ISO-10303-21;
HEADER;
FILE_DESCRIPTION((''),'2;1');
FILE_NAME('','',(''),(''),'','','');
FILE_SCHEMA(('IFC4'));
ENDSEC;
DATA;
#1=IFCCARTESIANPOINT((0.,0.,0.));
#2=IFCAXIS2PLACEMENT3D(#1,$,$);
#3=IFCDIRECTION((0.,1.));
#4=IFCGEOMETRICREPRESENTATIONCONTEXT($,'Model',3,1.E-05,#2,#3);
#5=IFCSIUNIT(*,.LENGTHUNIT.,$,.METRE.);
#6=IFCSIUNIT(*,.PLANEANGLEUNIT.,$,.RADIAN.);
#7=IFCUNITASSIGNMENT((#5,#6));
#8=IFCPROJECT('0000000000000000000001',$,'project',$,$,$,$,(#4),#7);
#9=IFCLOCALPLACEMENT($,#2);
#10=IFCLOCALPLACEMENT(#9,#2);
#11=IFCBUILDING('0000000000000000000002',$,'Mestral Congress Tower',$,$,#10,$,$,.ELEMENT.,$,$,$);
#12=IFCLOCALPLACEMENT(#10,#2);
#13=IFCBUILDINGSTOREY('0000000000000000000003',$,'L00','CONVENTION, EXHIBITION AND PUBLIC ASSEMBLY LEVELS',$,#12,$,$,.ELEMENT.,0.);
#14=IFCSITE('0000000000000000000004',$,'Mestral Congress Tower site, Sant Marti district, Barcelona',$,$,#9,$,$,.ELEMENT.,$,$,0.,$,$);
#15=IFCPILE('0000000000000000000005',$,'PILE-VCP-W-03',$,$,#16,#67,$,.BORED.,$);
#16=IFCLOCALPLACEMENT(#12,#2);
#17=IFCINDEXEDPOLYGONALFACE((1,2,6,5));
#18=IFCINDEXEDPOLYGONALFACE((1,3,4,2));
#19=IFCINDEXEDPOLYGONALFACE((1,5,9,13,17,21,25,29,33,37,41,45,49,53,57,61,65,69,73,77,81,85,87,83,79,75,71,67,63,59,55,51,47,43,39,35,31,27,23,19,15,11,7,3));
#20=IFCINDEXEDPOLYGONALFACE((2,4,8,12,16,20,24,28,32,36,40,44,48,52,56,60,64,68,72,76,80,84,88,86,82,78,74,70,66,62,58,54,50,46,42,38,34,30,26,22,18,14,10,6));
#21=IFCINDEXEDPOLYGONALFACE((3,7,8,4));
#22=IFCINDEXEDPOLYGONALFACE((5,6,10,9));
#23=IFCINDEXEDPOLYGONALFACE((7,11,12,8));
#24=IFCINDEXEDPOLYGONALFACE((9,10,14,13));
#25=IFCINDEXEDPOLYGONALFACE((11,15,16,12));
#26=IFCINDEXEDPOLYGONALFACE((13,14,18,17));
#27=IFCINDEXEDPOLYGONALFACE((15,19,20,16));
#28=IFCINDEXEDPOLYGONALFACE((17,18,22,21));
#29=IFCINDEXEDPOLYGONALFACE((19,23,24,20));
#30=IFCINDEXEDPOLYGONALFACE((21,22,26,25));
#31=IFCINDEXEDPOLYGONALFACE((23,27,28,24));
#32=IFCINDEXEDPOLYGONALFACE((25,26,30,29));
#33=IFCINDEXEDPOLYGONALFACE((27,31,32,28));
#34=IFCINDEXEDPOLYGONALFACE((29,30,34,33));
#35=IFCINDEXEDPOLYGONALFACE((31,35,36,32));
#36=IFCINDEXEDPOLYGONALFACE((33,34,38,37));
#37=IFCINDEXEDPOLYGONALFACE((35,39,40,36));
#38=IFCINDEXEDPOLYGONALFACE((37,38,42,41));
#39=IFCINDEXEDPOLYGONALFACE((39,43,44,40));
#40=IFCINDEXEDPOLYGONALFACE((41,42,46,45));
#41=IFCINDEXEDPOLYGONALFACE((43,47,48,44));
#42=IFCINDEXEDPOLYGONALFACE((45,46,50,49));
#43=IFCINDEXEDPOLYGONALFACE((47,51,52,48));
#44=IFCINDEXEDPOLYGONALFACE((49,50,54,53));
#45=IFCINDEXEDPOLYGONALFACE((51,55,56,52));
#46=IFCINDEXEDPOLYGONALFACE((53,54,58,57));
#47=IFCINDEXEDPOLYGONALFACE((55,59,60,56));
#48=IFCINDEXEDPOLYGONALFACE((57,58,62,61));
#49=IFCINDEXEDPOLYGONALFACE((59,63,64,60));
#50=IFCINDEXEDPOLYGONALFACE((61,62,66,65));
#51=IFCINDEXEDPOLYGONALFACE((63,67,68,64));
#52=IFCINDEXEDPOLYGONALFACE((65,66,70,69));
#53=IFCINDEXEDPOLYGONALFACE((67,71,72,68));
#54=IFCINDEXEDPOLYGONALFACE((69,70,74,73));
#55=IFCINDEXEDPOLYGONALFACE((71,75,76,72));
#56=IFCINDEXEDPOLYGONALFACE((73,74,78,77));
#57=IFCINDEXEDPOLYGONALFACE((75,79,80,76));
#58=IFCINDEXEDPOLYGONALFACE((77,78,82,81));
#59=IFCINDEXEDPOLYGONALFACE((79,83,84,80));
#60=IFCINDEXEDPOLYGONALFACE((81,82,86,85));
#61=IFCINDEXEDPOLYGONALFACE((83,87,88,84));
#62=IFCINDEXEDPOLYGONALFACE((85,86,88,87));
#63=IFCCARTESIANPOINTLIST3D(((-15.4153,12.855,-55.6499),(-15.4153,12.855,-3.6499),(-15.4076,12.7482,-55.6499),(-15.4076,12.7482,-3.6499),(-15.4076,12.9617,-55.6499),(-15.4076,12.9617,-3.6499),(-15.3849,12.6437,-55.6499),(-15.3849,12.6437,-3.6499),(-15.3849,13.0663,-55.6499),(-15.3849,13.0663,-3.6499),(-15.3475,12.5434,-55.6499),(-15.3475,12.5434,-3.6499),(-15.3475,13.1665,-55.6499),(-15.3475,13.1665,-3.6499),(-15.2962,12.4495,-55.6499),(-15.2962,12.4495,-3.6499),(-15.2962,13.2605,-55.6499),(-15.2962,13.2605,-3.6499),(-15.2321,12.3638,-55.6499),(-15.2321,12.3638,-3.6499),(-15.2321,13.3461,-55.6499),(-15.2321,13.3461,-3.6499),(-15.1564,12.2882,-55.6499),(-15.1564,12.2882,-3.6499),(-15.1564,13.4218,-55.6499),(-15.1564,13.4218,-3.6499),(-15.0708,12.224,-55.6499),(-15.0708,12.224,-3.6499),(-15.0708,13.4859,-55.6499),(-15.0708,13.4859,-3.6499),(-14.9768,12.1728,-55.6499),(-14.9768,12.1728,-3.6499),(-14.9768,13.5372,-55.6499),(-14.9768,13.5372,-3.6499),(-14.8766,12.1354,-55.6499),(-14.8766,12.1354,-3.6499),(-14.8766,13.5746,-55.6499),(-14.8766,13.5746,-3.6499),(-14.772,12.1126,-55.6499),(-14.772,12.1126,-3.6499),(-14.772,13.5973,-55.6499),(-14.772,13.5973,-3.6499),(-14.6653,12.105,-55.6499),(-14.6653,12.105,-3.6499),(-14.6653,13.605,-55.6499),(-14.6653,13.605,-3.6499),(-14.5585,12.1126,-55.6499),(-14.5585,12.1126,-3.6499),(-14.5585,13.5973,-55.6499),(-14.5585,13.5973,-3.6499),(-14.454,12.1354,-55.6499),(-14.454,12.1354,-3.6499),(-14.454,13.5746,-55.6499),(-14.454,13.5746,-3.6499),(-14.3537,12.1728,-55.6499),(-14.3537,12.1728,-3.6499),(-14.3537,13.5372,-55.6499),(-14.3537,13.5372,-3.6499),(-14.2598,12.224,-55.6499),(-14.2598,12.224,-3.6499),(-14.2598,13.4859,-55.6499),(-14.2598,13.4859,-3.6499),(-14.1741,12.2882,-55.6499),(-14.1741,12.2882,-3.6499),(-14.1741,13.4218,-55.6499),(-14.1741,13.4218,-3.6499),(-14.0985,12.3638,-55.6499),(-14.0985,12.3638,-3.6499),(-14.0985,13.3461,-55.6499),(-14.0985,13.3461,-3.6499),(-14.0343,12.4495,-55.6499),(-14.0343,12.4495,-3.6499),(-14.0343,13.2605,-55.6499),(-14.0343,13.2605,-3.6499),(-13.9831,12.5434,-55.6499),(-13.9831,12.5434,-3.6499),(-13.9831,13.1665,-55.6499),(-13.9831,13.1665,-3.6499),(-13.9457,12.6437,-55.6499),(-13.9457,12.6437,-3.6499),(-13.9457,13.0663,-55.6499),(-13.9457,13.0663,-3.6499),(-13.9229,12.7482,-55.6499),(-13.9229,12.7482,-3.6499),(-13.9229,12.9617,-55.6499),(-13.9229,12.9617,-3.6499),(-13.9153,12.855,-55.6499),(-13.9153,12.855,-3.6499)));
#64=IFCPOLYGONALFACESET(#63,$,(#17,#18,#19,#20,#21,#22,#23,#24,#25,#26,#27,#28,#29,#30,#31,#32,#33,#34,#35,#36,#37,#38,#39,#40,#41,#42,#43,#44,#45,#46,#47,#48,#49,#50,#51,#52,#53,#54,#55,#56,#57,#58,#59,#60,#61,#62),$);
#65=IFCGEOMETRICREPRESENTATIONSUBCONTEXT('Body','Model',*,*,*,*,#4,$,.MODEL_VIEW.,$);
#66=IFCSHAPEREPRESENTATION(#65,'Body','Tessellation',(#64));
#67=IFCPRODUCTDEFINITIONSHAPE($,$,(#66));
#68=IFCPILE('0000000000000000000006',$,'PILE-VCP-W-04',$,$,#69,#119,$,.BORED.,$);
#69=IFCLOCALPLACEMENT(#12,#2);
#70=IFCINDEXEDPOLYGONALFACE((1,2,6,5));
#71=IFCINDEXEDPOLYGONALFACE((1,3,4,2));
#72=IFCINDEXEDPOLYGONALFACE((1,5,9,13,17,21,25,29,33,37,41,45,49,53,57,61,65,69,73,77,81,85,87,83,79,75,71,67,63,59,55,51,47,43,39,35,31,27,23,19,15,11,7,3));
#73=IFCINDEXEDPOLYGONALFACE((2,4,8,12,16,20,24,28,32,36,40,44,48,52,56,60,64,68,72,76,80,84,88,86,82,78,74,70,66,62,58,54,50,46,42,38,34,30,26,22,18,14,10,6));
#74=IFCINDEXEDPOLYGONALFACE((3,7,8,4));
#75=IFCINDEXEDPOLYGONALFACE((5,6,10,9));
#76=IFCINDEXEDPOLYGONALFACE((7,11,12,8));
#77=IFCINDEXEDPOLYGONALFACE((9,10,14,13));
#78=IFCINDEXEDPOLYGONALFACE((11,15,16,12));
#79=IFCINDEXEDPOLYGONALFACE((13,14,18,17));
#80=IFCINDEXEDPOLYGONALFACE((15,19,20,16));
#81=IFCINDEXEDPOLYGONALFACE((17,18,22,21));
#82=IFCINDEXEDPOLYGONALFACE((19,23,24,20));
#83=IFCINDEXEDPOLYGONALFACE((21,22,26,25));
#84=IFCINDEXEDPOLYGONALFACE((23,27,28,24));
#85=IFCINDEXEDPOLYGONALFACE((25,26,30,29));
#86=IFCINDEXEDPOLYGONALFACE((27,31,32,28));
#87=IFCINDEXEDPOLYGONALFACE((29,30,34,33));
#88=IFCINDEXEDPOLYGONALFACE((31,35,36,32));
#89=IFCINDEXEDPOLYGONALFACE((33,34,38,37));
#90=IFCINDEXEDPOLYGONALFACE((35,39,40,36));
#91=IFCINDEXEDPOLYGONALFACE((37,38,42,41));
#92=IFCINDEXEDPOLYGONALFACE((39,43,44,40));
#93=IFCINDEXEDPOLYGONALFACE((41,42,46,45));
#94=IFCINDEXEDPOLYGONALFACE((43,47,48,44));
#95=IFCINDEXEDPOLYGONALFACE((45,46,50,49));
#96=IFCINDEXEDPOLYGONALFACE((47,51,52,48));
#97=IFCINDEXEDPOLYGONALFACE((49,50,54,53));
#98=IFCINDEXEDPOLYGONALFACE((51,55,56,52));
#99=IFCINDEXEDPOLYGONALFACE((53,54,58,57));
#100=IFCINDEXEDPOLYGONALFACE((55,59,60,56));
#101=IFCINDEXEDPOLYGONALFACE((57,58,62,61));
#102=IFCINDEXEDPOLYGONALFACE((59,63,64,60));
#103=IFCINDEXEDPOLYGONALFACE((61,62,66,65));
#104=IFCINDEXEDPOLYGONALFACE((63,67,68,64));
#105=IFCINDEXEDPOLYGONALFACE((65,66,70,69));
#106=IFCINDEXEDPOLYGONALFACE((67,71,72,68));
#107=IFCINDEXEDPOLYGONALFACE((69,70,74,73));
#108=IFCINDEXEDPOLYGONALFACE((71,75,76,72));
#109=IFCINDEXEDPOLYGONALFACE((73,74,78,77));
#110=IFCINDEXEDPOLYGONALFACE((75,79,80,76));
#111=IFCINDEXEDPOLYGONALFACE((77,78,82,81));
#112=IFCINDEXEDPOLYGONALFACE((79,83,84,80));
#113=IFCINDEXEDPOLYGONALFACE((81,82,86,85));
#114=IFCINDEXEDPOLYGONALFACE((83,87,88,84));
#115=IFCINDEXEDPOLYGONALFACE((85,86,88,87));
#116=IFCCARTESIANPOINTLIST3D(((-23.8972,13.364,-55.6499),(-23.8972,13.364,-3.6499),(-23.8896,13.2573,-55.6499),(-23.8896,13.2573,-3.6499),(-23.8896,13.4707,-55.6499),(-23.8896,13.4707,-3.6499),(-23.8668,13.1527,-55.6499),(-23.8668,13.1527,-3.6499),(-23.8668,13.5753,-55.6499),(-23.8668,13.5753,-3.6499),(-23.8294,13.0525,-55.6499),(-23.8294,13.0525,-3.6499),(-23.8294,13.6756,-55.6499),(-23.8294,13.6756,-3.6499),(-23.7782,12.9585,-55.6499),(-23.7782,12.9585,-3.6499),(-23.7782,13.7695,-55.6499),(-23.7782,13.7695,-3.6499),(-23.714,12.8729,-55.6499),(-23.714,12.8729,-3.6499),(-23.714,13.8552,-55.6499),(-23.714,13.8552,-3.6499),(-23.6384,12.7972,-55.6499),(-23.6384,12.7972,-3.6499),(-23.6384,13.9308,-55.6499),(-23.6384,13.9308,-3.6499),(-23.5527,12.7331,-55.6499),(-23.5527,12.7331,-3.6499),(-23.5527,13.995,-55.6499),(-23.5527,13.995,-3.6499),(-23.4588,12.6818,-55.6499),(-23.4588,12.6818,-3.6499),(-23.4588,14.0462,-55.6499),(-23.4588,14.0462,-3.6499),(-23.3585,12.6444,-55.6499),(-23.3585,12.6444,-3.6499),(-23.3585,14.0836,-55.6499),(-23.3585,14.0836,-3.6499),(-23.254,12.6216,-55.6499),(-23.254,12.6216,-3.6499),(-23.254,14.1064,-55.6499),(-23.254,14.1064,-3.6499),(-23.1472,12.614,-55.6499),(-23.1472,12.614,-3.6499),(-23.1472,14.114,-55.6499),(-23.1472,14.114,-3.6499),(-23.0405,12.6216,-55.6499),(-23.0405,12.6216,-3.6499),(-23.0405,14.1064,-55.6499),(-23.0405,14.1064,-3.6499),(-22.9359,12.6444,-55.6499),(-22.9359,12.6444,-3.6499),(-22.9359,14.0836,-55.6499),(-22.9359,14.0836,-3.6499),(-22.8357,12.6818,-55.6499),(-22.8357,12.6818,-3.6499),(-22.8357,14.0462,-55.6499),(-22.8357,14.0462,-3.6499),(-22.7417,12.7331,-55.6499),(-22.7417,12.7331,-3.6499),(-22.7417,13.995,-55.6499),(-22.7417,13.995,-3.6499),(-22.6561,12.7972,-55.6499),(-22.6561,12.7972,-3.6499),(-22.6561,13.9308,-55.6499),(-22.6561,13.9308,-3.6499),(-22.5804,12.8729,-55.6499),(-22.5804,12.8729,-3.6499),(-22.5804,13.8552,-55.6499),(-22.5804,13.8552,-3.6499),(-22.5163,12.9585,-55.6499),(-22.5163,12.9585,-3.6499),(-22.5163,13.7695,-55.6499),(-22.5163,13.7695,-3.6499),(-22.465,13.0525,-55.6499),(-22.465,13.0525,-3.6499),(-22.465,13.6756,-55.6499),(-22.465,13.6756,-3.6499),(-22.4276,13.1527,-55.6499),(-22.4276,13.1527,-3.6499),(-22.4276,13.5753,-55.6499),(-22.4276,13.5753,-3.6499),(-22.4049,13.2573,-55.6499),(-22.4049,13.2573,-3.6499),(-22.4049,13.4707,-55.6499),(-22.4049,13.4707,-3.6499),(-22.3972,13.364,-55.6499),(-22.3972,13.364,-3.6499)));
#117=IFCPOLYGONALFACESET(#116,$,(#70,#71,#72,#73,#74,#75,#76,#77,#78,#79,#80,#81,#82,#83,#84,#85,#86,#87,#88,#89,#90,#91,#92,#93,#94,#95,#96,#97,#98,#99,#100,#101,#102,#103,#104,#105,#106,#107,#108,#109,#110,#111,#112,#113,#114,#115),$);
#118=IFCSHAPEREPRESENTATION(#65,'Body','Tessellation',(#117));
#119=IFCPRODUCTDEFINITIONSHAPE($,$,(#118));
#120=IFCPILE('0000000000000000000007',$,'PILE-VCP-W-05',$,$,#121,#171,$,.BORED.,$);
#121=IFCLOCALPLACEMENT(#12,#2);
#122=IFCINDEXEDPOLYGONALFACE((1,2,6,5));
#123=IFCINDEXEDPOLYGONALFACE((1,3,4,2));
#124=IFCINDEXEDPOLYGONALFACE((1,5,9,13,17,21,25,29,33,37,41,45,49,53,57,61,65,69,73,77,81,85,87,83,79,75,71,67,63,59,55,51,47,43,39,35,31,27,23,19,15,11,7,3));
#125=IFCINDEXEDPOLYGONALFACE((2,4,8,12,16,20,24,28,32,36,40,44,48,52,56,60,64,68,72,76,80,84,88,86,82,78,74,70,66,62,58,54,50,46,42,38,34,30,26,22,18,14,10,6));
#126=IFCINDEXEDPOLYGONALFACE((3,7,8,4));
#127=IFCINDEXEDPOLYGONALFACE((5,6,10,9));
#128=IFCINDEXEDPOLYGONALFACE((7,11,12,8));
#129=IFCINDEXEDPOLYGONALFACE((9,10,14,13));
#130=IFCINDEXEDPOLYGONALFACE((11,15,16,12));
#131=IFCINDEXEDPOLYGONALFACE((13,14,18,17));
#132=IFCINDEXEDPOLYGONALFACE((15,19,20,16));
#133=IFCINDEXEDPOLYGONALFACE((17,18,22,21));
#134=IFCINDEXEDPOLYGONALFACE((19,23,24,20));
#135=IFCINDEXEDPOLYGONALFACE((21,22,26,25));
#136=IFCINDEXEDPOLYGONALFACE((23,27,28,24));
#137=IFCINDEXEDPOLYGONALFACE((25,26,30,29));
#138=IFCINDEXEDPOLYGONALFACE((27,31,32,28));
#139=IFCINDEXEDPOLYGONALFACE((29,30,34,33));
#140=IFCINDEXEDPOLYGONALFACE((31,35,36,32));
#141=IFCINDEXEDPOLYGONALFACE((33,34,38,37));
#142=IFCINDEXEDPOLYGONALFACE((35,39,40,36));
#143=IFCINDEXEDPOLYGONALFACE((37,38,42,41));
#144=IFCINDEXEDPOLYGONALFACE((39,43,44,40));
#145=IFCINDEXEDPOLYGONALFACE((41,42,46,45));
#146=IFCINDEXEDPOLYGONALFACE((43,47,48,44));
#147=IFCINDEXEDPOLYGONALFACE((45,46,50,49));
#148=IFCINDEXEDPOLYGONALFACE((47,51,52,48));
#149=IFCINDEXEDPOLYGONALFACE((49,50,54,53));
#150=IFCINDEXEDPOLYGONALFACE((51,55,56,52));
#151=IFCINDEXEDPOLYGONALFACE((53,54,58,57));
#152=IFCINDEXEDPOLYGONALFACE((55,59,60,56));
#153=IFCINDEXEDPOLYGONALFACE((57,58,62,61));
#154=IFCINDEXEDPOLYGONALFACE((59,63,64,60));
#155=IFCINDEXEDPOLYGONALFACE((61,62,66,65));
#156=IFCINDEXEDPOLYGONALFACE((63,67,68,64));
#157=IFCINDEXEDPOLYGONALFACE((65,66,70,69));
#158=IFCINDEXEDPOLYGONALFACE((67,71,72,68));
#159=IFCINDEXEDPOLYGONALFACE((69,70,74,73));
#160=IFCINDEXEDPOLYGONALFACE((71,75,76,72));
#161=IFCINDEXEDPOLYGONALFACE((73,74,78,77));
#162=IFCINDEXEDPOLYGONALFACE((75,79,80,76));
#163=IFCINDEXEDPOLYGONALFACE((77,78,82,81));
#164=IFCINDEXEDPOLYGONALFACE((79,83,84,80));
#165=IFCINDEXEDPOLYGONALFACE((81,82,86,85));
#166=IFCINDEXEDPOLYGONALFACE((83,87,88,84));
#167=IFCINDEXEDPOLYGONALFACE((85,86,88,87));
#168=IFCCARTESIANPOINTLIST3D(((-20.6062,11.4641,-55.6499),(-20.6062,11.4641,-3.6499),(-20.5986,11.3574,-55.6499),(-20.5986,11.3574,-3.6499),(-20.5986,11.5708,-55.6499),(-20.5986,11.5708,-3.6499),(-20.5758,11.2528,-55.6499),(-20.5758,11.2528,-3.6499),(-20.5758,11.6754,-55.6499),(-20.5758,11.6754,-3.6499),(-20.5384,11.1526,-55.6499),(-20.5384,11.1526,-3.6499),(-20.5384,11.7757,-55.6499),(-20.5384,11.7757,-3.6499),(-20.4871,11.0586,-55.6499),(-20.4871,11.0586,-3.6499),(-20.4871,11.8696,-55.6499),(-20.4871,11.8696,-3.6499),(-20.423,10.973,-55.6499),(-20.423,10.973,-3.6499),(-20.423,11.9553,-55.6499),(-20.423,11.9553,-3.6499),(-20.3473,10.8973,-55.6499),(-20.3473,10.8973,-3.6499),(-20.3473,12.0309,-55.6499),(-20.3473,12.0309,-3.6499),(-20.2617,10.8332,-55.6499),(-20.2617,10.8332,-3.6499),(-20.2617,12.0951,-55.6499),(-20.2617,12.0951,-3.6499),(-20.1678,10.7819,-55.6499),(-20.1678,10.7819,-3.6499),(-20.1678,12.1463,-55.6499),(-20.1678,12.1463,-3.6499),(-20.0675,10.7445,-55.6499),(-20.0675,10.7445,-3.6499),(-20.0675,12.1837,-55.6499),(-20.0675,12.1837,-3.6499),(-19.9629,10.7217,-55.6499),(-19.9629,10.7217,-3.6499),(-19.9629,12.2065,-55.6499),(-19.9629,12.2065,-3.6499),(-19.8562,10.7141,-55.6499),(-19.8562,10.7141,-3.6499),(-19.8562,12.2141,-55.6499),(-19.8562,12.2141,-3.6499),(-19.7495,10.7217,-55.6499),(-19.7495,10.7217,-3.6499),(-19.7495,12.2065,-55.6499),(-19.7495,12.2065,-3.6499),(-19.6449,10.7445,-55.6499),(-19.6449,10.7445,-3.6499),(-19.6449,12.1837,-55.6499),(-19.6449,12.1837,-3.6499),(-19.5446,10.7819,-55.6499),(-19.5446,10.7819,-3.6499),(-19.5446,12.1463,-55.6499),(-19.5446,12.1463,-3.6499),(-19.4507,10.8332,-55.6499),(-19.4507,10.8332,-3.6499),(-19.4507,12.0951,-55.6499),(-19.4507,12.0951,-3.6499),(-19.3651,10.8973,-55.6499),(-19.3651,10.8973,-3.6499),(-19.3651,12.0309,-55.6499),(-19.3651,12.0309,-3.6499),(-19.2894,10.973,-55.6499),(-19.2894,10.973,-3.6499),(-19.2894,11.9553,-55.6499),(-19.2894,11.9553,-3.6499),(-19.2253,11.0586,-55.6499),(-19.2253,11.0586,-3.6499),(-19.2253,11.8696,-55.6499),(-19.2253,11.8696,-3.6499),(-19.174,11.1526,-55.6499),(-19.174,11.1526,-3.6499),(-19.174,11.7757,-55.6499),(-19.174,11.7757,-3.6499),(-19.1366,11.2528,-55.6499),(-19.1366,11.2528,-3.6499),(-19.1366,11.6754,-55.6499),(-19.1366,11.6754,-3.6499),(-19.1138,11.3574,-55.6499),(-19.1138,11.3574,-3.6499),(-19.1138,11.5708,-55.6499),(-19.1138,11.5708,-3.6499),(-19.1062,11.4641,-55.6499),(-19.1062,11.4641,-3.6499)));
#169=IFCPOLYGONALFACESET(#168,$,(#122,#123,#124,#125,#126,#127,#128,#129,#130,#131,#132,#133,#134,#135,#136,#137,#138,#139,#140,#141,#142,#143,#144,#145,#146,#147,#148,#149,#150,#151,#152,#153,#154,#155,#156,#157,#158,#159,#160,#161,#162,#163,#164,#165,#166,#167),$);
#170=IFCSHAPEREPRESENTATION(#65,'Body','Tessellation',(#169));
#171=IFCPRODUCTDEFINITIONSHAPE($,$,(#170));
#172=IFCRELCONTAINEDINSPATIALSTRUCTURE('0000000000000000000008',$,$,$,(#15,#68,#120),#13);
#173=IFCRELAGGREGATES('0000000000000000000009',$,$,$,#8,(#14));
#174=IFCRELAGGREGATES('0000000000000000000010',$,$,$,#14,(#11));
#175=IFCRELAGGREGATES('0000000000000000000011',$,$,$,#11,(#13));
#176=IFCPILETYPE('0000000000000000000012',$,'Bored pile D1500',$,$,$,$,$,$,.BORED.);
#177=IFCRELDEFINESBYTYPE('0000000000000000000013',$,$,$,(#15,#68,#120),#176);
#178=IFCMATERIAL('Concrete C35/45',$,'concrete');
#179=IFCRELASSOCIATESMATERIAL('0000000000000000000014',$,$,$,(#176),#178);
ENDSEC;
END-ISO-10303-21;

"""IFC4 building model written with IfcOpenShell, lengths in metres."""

from ifc_helpers import new_model, si_unit, direction, frame, origin, origin_2d, place, context, subcontext, project, spatial, circle, extrude, material, material_profile, profile_set, type_object, element, save


model = new_model("IFC4")

# Units and contexts
model_context = context("Model", 3, precision=1e-05, world=origin(), true_north=direction((0.0, 1.0)))
body_context = subcontext(model_context, "Body", "Model", "MODEL_VIEW")
ifc_project = project(units=[si_unit("LENGTHUNIT", "METRE"), si_unit("PLANEANGLEUNIT", "RADIAN")], contexts=[model_context])

# Site, building, storey
site_placement = place(None, origin())
site = spatial("IfcSite", under=ifc_project, at=site_placement, Name="Mestral Congress Tower site, Sant Marti district, Barcelona", CompositionType="ELEMENT", RefElevation=0.0)
building_placement = place(site_placement, origin())
building = spatial("IfcBuilding", under=site, at=building_placement, Name="Mestral Congress Tower", CompositionType="ELEMENT")
storey_placement = place(building_placement, origin())
storey = spatial("IfcBuildingStorey", under=building, at=storey_placement, Name="L00", Description="CONVENTION, EXHIBITION AND PUBLIC ASSEMBLY LEVELS", CompositionType="ELEMENT", Elevation=0.0)

# Piles
ifc_material_1 = material(Name="Concrete C35/45", Category="concrete")
ifc_material_profile_1 = material_profile(ifc_material_1, circle(Radius=0.75, at=origin_2d()), Name="D1500")
ifc_profile_set_1 = profile_set([ifc_material_profile_1], Name="Concrete C35/45")
pile_type_1 = type_object("IfcPileType", Name="Bored pile D1500", PredefinedType="BORED", material=ifc_profile_set_1)
for number, where, z_axis, x_axis, name in (
    (1, (-14.6653, 12.855, -3.6499), (0.0, 0.0, -1.0), (1.0, 0.0, 0.0), "PILE-VCP-W-03"),
    (2, (-23.1472, 13.364, -3.6499), (0.0, 0.0, -1.0), (1.0, 0.0, 0.0), "PILE-VCP-W-04"),
    (3, (-19.8562, 11.4641, -3.6499), (0.0, 0.0, -1.0), (1.0, 0.0, 0.0), "PILE-VCP-W-05"),
):
    element("IfcPile", number, at=place(storey_placement, frame(where, z_axis=z_axis, x_axis=x_axis)), inside=storey, type_object=pile_type_1, Name=name, PredefinedType="BORED", context=body_context, shape_type="SweptSolid", body=[
        extrude(circle(Radius=0.75, at=origin_2d()), origin(), (0.0, 0.0, 1.0), 52.0),
    ])

save(model, "model.ifc")
